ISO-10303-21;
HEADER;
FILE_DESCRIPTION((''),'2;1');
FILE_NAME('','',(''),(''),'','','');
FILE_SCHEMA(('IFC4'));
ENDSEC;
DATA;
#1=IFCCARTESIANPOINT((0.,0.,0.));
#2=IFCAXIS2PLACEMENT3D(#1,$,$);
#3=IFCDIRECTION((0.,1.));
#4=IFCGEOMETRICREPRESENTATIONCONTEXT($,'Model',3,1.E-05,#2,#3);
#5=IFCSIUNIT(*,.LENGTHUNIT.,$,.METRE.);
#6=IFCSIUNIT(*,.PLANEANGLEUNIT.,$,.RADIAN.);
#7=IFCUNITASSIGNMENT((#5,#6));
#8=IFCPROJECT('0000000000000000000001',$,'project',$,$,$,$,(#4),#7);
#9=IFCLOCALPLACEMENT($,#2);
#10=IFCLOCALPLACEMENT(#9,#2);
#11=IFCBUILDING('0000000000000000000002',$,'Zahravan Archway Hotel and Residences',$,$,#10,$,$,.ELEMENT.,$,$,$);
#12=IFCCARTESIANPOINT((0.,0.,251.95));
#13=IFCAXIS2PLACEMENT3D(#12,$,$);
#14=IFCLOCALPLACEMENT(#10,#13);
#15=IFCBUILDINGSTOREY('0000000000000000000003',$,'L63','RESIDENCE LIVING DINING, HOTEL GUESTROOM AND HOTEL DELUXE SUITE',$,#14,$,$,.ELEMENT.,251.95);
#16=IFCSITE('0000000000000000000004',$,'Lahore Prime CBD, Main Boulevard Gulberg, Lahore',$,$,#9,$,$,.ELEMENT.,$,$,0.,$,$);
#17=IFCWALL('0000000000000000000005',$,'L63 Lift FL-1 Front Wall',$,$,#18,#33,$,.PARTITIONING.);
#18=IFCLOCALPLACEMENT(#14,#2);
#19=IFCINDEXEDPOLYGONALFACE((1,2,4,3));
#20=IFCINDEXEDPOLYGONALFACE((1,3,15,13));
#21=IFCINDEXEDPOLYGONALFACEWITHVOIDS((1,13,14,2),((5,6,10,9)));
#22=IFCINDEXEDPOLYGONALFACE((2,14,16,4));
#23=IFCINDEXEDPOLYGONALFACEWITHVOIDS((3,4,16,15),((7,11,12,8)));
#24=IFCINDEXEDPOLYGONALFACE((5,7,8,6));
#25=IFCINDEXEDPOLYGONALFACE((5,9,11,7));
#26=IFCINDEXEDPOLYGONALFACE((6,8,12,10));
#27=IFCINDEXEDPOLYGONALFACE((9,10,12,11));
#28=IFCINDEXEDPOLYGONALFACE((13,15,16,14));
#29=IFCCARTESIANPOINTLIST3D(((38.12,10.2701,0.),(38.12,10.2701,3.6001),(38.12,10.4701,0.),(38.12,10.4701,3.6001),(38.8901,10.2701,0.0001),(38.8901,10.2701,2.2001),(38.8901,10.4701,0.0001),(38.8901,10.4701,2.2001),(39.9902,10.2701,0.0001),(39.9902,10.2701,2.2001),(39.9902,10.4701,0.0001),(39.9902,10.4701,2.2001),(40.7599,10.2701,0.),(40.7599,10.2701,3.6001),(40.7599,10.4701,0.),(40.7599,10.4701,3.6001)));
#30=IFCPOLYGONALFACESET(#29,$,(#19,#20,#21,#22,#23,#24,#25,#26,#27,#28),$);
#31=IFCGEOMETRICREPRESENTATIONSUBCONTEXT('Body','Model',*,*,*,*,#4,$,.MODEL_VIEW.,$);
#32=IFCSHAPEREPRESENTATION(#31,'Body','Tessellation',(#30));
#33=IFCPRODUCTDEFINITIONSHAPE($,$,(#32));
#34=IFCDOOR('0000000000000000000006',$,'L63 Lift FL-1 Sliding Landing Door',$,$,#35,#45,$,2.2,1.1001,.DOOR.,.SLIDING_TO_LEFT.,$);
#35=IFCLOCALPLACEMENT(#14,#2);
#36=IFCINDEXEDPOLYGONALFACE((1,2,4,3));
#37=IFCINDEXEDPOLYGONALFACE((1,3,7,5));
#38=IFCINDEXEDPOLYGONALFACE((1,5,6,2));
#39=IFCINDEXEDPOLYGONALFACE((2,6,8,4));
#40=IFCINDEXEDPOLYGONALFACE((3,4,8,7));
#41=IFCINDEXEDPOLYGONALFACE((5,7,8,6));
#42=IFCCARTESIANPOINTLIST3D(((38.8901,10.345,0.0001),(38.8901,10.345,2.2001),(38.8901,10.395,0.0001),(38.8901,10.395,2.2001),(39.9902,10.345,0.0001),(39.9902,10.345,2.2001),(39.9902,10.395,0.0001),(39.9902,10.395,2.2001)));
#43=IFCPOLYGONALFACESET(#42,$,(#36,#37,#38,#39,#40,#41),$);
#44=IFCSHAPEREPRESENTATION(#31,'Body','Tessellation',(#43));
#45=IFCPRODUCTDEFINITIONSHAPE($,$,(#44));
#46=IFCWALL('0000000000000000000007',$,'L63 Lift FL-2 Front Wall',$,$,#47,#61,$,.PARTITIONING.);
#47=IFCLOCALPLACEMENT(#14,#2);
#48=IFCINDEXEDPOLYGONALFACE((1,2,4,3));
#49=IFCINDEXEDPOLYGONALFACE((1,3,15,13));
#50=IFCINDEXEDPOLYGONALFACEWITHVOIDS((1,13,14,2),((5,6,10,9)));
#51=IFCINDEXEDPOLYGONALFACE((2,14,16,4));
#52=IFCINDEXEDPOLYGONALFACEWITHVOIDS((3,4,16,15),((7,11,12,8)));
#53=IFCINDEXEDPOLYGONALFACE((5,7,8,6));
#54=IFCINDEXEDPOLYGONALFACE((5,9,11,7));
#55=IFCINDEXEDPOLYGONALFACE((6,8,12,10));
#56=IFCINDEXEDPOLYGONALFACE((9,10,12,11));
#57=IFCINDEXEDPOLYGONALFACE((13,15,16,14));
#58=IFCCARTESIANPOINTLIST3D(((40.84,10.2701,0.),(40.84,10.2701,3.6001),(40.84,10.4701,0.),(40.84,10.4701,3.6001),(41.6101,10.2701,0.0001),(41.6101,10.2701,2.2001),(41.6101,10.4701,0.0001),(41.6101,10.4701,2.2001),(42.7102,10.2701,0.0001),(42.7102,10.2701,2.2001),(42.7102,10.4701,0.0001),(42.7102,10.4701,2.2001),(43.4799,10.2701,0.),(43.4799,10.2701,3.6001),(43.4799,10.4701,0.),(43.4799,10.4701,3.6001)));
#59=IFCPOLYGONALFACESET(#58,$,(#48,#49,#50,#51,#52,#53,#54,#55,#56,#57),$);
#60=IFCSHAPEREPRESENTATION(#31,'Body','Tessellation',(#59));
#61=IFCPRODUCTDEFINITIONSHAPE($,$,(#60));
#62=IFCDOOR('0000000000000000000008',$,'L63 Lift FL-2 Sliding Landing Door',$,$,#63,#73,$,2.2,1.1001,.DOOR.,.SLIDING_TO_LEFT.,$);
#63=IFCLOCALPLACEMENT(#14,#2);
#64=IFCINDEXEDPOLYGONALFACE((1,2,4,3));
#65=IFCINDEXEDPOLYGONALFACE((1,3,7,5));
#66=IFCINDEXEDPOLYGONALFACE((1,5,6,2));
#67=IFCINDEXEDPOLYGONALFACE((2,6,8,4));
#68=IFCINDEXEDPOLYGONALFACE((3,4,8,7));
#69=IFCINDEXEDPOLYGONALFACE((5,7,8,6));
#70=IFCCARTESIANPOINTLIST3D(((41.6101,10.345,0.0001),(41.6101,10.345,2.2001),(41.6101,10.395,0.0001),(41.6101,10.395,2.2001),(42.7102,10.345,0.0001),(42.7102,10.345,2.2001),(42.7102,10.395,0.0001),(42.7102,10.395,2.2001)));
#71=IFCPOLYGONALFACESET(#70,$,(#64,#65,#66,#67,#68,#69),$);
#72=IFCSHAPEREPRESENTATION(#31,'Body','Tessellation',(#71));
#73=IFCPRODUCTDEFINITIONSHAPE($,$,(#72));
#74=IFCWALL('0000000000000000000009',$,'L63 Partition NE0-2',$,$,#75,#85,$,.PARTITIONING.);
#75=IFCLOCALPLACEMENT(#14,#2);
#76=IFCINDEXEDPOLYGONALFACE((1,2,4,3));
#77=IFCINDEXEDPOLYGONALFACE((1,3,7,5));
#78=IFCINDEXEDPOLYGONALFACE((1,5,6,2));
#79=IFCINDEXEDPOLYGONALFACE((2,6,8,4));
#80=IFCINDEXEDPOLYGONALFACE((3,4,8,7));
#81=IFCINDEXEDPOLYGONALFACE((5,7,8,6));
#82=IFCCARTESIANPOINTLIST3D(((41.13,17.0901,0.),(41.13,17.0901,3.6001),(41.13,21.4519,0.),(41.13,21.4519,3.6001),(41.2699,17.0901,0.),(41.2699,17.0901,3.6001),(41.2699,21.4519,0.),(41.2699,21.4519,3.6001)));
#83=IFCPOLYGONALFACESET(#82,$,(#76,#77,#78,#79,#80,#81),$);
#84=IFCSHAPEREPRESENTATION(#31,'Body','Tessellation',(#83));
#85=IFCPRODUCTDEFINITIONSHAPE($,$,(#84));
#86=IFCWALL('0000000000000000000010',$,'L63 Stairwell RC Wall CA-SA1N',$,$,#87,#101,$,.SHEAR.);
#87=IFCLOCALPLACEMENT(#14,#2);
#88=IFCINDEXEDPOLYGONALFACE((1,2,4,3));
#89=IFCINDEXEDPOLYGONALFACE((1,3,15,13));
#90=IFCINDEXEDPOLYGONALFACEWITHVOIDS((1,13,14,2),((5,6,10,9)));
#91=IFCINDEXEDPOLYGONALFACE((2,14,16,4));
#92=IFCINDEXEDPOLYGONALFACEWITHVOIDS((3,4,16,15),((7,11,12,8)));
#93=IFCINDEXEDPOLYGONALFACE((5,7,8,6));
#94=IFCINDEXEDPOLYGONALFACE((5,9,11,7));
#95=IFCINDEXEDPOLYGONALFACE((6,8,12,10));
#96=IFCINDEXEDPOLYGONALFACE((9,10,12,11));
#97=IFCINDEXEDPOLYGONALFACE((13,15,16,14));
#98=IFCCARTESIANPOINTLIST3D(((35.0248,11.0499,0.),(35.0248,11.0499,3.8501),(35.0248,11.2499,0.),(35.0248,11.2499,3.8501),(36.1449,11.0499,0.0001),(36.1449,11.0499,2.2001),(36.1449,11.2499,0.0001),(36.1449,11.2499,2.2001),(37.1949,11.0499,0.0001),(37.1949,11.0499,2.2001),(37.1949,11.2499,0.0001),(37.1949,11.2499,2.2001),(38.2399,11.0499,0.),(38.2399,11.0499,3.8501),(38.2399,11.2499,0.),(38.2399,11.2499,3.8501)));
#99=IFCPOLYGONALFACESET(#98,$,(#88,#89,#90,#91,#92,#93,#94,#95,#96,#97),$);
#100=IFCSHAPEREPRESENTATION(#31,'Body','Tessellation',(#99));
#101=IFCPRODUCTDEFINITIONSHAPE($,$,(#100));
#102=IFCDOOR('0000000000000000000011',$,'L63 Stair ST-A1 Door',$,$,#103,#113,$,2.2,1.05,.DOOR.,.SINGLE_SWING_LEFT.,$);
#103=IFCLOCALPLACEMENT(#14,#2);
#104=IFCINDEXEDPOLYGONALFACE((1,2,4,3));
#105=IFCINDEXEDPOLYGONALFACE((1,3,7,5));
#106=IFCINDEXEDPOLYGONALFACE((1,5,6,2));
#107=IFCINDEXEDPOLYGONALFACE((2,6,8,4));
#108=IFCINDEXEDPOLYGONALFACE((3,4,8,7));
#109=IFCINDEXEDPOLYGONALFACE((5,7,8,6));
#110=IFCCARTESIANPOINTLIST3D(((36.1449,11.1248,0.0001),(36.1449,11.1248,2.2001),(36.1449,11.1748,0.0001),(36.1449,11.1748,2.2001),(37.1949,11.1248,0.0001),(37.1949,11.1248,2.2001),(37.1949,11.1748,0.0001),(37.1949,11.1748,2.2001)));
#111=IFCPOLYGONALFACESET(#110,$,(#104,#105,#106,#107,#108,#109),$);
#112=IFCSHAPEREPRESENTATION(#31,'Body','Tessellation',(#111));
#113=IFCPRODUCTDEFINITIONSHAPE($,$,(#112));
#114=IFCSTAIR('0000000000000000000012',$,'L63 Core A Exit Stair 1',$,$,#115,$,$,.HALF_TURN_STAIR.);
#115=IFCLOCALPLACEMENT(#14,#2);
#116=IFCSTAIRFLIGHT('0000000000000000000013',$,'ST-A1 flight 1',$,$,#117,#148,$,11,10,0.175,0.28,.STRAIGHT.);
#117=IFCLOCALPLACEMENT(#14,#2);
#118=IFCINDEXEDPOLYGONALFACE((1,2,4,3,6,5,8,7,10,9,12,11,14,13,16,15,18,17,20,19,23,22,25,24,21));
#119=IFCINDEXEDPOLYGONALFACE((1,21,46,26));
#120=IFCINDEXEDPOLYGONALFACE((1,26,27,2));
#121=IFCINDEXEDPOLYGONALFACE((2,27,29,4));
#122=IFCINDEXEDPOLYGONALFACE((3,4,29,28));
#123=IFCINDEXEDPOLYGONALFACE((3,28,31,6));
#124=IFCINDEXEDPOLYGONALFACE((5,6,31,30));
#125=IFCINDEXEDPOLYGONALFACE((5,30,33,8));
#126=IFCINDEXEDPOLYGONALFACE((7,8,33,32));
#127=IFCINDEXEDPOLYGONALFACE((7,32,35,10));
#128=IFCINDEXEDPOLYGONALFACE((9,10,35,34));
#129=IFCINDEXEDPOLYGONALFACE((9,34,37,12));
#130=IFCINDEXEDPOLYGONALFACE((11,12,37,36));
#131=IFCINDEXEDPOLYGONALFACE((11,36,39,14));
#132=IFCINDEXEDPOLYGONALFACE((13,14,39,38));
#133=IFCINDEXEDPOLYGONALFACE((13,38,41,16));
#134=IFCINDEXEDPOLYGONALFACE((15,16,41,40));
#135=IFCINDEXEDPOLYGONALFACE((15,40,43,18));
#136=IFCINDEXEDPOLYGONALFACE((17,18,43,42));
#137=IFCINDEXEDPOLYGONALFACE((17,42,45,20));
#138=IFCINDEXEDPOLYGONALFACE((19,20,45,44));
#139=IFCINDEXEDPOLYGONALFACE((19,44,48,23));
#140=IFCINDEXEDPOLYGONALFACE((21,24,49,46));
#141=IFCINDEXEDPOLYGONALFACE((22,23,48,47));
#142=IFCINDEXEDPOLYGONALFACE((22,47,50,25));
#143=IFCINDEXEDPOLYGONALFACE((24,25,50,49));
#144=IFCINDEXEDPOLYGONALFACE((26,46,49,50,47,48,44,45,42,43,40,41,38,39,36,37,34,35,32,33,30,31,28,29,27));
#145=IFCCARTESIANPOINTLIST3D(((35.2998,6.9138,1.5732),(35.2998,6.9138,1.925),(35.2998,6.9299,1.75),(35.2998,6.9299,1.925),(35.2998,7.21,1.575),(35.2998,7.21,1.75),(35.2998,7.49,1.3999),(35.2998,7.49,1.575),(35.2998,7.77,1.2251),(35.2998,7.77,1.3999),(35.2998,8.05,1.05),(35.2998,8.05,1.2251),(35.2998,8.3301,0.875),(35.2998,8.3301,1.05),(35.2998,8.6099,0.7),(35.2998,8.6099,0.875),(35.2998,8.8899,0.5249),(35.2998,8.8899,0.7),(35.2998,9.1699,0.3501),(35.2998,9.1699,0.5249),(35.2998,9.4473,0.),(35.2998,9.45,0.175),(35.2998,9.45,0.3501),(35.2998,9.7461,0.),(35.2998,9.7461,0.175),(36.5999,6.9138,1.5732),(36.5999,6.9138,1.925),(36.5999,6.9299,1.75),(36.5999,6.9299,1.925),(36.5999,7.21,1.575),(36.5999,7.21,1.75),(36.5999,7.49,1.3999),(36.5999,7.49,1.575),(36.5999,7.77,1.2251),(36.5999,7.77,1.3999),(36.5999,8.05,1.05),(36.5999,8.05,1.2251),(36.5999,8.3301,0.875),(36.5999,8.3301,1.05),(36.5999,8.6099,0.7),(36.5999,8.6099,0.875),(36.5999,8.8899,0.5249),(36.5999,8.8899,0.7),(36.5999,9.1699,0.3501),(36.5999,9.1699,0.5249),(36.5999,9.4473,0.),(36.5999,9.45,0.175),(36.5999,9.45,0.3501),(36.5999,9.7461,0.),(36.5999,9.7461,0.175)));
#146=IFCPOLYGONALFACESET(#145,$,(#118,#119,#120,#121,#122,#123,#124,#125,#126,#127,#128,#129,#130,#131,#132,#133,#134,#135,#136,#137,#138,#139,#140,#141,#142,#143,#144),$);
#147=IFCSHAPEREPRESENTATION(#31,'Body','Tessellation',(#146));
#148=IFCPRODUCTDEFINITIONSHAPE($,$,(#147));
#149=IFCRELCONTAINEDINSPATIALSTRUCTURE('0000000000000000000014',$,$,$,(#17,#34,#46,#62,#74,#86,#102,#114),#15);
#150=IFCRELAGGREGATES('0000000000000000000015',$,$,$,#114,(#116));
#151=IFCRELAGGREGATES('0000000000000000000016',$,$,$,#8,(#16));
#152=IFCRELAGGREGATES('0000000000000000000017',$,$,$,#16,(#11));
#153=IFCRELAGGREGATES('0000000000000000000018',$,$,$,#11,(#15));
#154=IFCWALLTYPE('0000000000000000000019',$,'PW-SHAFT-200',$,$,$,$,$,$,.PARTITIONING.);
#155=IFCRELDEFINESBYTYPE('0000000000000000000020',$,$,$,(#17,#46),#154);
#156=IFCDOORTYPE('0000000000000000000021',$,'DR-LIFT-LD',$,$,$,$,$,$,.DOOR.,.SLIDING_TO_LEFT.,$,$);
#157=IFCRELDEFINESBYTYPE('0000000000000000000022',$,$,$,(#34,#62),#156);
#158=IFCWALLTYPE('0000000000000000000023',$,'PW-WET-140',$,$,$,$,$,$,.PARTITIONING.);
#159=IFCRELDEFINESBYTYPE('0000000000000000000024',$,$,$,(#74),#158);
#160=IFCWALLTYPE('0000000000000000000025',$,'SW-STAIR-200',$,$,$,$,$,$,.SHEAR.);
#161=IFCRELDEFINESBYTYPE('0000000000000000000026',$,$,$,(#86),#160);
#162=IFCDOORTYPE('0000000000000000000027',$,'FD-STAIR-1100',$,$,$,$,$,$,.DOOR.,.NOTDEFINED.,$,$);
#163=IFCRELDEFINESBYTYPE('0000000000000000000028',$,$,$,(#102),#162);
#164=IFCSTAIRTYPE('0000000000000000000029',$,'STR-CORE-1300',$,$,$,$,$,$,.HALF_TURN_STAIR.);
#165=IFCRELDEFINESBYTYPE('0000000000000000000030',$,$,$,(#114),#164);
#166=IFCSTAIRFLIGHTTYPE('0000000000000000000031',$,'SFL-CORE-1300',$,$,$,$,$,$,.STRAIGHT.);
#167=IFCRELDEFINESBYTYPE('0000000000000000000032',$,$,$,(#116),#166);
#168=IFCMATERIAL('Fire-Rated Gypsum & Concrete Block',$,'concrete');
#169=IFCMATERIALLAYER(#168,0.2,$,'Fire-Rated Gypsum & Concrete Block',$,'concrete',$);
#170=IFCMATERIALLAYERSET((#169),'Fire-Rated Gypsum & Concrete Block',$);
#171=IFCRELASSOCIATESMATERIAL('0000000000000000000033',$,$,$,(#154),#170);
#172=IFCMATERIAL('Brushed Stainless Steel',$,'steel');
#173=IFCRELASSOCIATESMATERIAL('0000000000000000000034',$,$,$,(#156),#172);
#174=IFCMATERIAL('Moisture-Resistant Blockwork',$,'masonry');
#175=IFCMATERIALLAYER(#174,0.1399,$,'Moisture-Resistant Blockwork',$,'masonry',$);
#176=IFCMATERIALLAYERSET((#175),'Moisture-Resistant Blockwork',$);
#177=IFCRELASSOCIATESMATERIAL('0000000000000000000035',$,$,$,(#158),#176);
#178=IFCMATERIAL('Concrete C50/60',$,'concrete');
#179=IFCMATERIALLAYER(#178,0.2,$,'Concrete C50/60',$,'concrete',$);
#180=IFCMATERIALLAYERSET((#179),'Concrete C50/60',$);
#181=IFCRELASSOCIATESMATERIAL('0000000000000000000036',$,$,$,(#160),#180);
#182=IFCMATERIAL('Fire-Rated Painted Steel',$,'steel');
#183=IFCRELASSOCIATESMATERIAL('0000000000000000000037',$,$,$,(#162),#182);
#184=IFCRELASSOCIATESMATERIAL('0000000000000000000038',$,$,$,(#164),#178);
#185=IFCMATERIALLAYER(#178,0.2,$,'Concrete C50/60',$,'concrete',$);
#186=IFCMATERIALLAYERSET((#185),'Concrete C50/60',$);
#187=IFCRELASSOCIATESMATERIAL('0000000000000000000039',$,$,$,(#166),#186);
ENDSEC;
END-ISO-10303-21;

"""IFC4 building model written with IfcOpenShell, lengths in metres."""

from ifc_helpers import new_model, si_unit, direction, frame, frame_2d, origin, place, context, subcontext, project, spatial, polyline, rectangle, outline, extrude, source, transform, mapped, material, layer, layer_set, type_object, type_shapes, element, fill, aggregate, save


model = new_model("IFC4")

# Units and contexts
model_context = context("Model", 3, precision=1e-05, world=origin(), true_north=direction((0.0, 1.0)))
body_context = subcontext(model_context, "Body", "Model", "MODEL_VIEW")
ifc_project = project(units=[si_unit("LENGTHUNIT", "METRE"), si_unit("PLANEANGLEUNIT", "RADIAN")], contexts=[model_context])

# Site, building, storey
site_placement = place(None, origin())
site = spatial("IfcSite", under=ifc_project, at=site_placement, Name="Lahore Prime CBD, Main Boulevard Gulberg, Lahore", CompositionType="ELEMENT", RefElevation=0.0)
building_placement = place(site_placement, origin())
building = spatial("IfcBuilding", under=site, at=building_placement, Name="Zahravan Archway Hotel and Residences", CompositionType="ELEMENT")
storey_placement = place(building_placement, frame((0.0, 0.0, 251.95)))
storey = spatial("IfcBuildingStorey", under=building, at=storey_placement, Name="L63", Description="RESIDENCE LIVING DINING, HOTEL GUESTROOM AND HOTEL DELUXE SUITE", CompositionType="ELEMENT", Elevation=251.95)

# Shared definitions
ifc_material_1 = material(Name="Concrete C50/60", Category="concrete")

# Shared definitions
ifc_material_2 = material(Name="Fire-Rated Painted Steel", Category="steel")

# Shared definitions
ifc_material_3 = material(Name="Fire-Rated Gypsum & Concrete Block", Category="concrete")

# Shared definitions
ifc_layer_1 = layer(ifc_material_3, 0.2, Name="Fire-Rated Gypsum & Concrete Block", Category="concrete")
ifc_layer_set_1 = layer_set([ifc_layer_1], Name="Fire-Rated Gypsum & Concrete Block")
wall_type_1 = type_object("IfcWallType", Name="PW-SHAFT-200", PredefinedType="PARTITIONING", material=ifc_layer_set_1)

# Walls, openings, doors
wall_1_placement = place(storey_placement, frame((38.1201, 10.3701, 0.0), z_axis=(0.0, 0.0, 1.0), x_axis=(1.0, 0.0, 0.0)))
wall_1 = element("IfcWall", 1, at=wall_1_placement, inside=storey, type_object=wall_type_1, Name="L63 Lift FL-1 Front Wall", PredefinedType="PARTITIONING", context=body_context, shape_type="SweptSolid", body=[
    extrude(rectangle(XDim=2.6399, YDim=0.2, at=frame_2d((1.3198, 0.0))), origin(), (0.0, 0.0, 1.0), 3.6001),
])
opening_1_placement = place(wall_1_placement, frame((0.77, 0.0, 0.0)))
opening_1 = element("IfcOpeningElement", 2, at=opening_1_placement, cuts=wall_1, PredefinedType="OPENING", context=body_context, shape_type="SweptSolid", body=[
    extrude(rectangle(XDim=1.1001, YDim=2.2, at=frame_2d((0.55, 1.1001))), frame((0.0, 0.1099, 0.0), z_axis=(0.0, -1.0, 0.0), x_axis=(1.0, 0.0, 0.0)), (0.0, 0.0, 1.0), 0.22),
])
ifc_material_4 = material(Name="Brushed Stainless Steel", Category="steel")
door_type_1 = type_object("IfcDoorType", Name="DR-LIFT-LD", OperationType="SLIDING_TO_LEFT", PredefinedType="DOOR", material=ifc_material_4)
shared_shape_1 = source(origin(), body_context, "Body", "SweptSolid", [
    extrude(rectangle(XDim=1.1001, YDim=2.2, at=frame_2d((0.55, 1.1001))), frame((0.0, 0.0249, 0.0), z_axis=(0.0, -1.0, 0.0), x_axis=(1.0, 0.0, 0.0)), (0.0, 0.0, 1.0), 0.05),
])
type_shapes(door_type_1, [shared_shape_1])
door_1_placement = place(opening_1_placement, origin())
door_1 = element("IfcDoor", 3, at=door_1_placement, inside=storey, type_object=door_type_1, Name="L63 Lift FL-1 Sliding Landing Door", OperationType="SLIDING_TO_LEFT", OverallHeight=2.2, OverallWidth=1.1001, PredefinedType="DOOR", context=body_context, shape_type="MappedRepresentation", body=[
    mapped(shared_shape_1, transform((0.0, 0.0, 0.0), scale=1.0)),
])
fill(opening_1, door_1)
wall_2_placement = place(storey_placement, frame((40.8401, 10.3701, 0.0), z_axis=(0.0, 0.0, 1.0), x_axis=(1.0, 0.0, 0.0)))
wall_2 = element("IfcWall", 4, at=wall_2_placement, inside=storey, type_object=wall_type_1, Name="L63 Lift FL-2 Front Wall", PredefinedType="PARTITIONING", context=body_context, shape_type="SweptSolid", body=[
    extrude(rectangle(XDim=2.6399, YDim=0.2, at=frame_2d((1.3198, 0.0))), origin(), (0.0, 0.0, 1.0), 3.6001),
])
opening_2_placement = place(wall_2_placement, frame((0.77, 0.0, 0.0)))
opening_2 = element("IfcOpeningElement", 5, at=opening_2_placement, cuts=wall_2, PredefinedType="OPENING", context=body_context, shape_type="SweptSolid", body=[
    extrude(rectangle(XDim=1.1001, YDim=2.2, at=frame_2d((0.55, 1.1001))), frame((0.0, 0.1099, 0.0), z_axis=(0.0, -1.0, 0.0), x_axis=(1.0, 0.0, 0.0)), (0.0, 0.0, 1.0), 0.22),
])
door_2_placement = place(opening_2_placement, origin())
door_2 = element("IfcDoor", 6, at=door_2_placement, inside=storey, type_object=door_type_1, Name="L63 Lift FL-2 Sliding Landing Door", OperationType="SLIDING_TO_LEFT", OverallHeight=2.2, OverallWidth=1.1001, PredefinedType="DOOR", context=body_context, shape_type="MappedRepresentation", body=[
    mapped(shared_shape_1, transform((0.0, 0.0, 0.0), scale=1.0)),
])
fill(opening_2, door_2)

# Wall
ifc_material_5 = material(Name="Moisture-Resistant Blockwork", Category="masonry")
ifc_layer_2 = layer(ifc_material_5, 0.1399, Name="Moisture-Resistant Blockwork", Category="masonry")
ifc_layer_set_2 = layer_set([ifc_layer_2], Name="Moisture-Resistant Blockwork")
wall_type_2 = type_object("IfcWallType", Name="PW-WET-140", PredefinedType="PARTITIONING", material=ifc_layer_set_2)
wall_3_placement = place(storey_placement, frame((41.2, 17.0901, 0.0), z_axis=(0.0, 0.0, 1.0), x_axis=(0.0, 1.0, 0.0)))
element("IfcWall", 7, at=wall_3_placement, inside=storey, type_object=wall_type_2, Name="L63 Partition NE0-2", PredefinedType="PARTITIONING", context=body_context, shape_type="SweptSolid", body=[
    extrude(rectangle(XDim=4.3618, YDim=0.1399, at=frame_2d((2.1809, 0.0))), origin(), (0.0, 0.0, 1.0), 3.6001),
])

# Wall, opening, door
ifc_layer_3 = layer(ifc_material_1, 0.2, Name="Concrete C50/60", Category="concrete")
ifc_layer_set_3 = layer_set([ifc_layer_3], Name="Concrete C50/60")
wall_type_3 = type_object("IfcWallType", Name="SW-STAIR-200", PredefinedType="SHEAR", material=ifc_layer_set_3)
wall_4_placement = place(storey_placement, frame((35.0249, 11.1499, 0.0), z_axis=(0.0, 0.0, 1.0), x_axis=(1.0, 0.0, 0.0)))
wall_4 = element("IfcWall", 8, at=wall_4_placement, inside=storey, type_object=wall_type_3, Name="L63 Stairwell RC Wall CA-SA1N", PredefinedType="SHEAR", context=body_context, shape_type="SweptSolid", body=[
    extrude(rectangle(XDim=3.2151, YDim=0.2, at=frame_2d((1.6074, 0.0))), origin(), (0.0, 0.0, 1.0), 3.8501),
])
opening_3_placement = place(wall_4_placement, frame((1.1201, 0.0, 0.0)))
opening_3 = element("IfcOpeningElement", 9, at=opening_3_placement, cuts=wall_4, PredefinedType="OPENING", context=body_context, shape_type="SweptSolid", body=[
    extrude(rectangle(XDim=1.05, YDim=2.2, at=frame_2d((0.5249, 1.1001))), frame((0.0, 0.1099, 0.0), z_axis=(0.0, -1.0, 0.0), x_axis=(1.0, 0.0, 0.0)), (0.0, 0.0, 1.0), 0.22),
])
door_type_2 = type_object("IfcDoorType", Name="FD-STAIR-1100", OperationType="NOTDEFINED", PredefinedType="DOOR", material=ifc_material_2)
shared_shape_2 = source(origin(), body_context, "Body", "SweptSolid", [
    extrude(rectangle(XDim=1.05, YDim=2.2, at=frame_2d((0.5249, 1.1001))), frame((0.0, 0.0249, 0.0), z_axis=(0.0, -1.0, 0.0), x_axis=(1.0, 0.0, 0.0)), (0.0, 0.0, 1.0), 0.05),
])
type_shapes(door_type_2, [shared_shape_2])
door_3_placement = place(opening_3_placement, origin())
door_3 = element("IfcDoor", 10, at=door_3_placement, inside=storey, type_object=door_type_2, Name="L63 Stair ST-A1 Door", OperationType="SINGLE_SWING_LEFT", OverallHeight=2.2, OverallWidth=1.05, PredefinedType="DOOR", context=body_context, shape_type="MappedRepresentation", body=[
    mapped(shared_shape_2, transform((0.0, 0.0, 0.0), scale=1.0)),
])
fill(opening_3, door_3)

# Stair, stair flight
stair_type = type_object("IfcStairType", Name="STR-CORE-1300", PredefinedType="HALF_TURN_STAIR", material=ifc_material_1)
stair_placement = place(storey_placement, origin())
stair = element("IfcStair", 11, at=stair_placement, inside=storey, type_object=stair_type, Name="L63 Core A Exit Stair 1", PredefinedType="HALF_TURN_STAIR")
ifc_layer_4 = layer(ifc_material_1, 0.2, Name="Concrete C50/60", Category="concrete")
ifc_layer_set_4 = layer_set([ifc_layer_4], Name="Concrete C50/60")
stair_flight_type = type_object("IfcStairFlightType", Name="SFL-CORE-1300", PredefinedType="STRAIGHT", material=ifc_layer_set_4)
shared_shape_3 = source(origin(), body_context, "Body", "SweptSolid", [
    extrude(outline(polyline([(-0.0161, 0.0), (-0.0161, 0.175), (0.28, 0.175), (0.28, 0.3501), (0.5601, 0.3501), (0.5601, 0.5249), (0.8401, 0.5249), (0.8401, 0.7), (1.1201, 0.7), (1.1201, 0.875), (1.3999, 0.875), (1.3999, 1.05), (1.6799, 1.05), (1.6799, 1.2251), (1.96, 1.2251), (1.96, 1.3999), (2.24, 1.3999), (2.24, 1.575), (2.52, 1.575), (2.52, 1.75), (2.8, 1.75), (2.8, 1.925), (2.8162, 1.925), (2.8162, 1.5732), (0.2827, 0.0), (-0.0161, 0.0)])), frame((0.0, 0.6499, 0.0), z_axis=(0.0, -1.0, 0.0), x_axis=(1.0, 0.0, 0.0)), (0.0, 0.0, 1.0), 1.3),
])
stair_flight_placement = place(storey_placement, frame((35.95, 9.73, 0.0), z_axis=(0.0, 0.0, 1.0), x_axis=(0.0, -1.0, 0.0)))
stair_flight = element("IfcStairFlight", 12, at=stair_flight_placement, type_object=stair_flight_type, Name="ST-A1 flight 1", NumberOfRisers=11, NumberOfTreads=10, PredefinedType="STRAIGHT", RiserHeight=0.175, TreadLength=0.28, context=body_context, shape_type="MappedRepresentation", body=[
    mapped(shared_shape_3, transform((0.0, 0.0, 0.0), scale=1.0)),
])
aggregate(stair, [stair_flight])

save(model, "model.ifc")
